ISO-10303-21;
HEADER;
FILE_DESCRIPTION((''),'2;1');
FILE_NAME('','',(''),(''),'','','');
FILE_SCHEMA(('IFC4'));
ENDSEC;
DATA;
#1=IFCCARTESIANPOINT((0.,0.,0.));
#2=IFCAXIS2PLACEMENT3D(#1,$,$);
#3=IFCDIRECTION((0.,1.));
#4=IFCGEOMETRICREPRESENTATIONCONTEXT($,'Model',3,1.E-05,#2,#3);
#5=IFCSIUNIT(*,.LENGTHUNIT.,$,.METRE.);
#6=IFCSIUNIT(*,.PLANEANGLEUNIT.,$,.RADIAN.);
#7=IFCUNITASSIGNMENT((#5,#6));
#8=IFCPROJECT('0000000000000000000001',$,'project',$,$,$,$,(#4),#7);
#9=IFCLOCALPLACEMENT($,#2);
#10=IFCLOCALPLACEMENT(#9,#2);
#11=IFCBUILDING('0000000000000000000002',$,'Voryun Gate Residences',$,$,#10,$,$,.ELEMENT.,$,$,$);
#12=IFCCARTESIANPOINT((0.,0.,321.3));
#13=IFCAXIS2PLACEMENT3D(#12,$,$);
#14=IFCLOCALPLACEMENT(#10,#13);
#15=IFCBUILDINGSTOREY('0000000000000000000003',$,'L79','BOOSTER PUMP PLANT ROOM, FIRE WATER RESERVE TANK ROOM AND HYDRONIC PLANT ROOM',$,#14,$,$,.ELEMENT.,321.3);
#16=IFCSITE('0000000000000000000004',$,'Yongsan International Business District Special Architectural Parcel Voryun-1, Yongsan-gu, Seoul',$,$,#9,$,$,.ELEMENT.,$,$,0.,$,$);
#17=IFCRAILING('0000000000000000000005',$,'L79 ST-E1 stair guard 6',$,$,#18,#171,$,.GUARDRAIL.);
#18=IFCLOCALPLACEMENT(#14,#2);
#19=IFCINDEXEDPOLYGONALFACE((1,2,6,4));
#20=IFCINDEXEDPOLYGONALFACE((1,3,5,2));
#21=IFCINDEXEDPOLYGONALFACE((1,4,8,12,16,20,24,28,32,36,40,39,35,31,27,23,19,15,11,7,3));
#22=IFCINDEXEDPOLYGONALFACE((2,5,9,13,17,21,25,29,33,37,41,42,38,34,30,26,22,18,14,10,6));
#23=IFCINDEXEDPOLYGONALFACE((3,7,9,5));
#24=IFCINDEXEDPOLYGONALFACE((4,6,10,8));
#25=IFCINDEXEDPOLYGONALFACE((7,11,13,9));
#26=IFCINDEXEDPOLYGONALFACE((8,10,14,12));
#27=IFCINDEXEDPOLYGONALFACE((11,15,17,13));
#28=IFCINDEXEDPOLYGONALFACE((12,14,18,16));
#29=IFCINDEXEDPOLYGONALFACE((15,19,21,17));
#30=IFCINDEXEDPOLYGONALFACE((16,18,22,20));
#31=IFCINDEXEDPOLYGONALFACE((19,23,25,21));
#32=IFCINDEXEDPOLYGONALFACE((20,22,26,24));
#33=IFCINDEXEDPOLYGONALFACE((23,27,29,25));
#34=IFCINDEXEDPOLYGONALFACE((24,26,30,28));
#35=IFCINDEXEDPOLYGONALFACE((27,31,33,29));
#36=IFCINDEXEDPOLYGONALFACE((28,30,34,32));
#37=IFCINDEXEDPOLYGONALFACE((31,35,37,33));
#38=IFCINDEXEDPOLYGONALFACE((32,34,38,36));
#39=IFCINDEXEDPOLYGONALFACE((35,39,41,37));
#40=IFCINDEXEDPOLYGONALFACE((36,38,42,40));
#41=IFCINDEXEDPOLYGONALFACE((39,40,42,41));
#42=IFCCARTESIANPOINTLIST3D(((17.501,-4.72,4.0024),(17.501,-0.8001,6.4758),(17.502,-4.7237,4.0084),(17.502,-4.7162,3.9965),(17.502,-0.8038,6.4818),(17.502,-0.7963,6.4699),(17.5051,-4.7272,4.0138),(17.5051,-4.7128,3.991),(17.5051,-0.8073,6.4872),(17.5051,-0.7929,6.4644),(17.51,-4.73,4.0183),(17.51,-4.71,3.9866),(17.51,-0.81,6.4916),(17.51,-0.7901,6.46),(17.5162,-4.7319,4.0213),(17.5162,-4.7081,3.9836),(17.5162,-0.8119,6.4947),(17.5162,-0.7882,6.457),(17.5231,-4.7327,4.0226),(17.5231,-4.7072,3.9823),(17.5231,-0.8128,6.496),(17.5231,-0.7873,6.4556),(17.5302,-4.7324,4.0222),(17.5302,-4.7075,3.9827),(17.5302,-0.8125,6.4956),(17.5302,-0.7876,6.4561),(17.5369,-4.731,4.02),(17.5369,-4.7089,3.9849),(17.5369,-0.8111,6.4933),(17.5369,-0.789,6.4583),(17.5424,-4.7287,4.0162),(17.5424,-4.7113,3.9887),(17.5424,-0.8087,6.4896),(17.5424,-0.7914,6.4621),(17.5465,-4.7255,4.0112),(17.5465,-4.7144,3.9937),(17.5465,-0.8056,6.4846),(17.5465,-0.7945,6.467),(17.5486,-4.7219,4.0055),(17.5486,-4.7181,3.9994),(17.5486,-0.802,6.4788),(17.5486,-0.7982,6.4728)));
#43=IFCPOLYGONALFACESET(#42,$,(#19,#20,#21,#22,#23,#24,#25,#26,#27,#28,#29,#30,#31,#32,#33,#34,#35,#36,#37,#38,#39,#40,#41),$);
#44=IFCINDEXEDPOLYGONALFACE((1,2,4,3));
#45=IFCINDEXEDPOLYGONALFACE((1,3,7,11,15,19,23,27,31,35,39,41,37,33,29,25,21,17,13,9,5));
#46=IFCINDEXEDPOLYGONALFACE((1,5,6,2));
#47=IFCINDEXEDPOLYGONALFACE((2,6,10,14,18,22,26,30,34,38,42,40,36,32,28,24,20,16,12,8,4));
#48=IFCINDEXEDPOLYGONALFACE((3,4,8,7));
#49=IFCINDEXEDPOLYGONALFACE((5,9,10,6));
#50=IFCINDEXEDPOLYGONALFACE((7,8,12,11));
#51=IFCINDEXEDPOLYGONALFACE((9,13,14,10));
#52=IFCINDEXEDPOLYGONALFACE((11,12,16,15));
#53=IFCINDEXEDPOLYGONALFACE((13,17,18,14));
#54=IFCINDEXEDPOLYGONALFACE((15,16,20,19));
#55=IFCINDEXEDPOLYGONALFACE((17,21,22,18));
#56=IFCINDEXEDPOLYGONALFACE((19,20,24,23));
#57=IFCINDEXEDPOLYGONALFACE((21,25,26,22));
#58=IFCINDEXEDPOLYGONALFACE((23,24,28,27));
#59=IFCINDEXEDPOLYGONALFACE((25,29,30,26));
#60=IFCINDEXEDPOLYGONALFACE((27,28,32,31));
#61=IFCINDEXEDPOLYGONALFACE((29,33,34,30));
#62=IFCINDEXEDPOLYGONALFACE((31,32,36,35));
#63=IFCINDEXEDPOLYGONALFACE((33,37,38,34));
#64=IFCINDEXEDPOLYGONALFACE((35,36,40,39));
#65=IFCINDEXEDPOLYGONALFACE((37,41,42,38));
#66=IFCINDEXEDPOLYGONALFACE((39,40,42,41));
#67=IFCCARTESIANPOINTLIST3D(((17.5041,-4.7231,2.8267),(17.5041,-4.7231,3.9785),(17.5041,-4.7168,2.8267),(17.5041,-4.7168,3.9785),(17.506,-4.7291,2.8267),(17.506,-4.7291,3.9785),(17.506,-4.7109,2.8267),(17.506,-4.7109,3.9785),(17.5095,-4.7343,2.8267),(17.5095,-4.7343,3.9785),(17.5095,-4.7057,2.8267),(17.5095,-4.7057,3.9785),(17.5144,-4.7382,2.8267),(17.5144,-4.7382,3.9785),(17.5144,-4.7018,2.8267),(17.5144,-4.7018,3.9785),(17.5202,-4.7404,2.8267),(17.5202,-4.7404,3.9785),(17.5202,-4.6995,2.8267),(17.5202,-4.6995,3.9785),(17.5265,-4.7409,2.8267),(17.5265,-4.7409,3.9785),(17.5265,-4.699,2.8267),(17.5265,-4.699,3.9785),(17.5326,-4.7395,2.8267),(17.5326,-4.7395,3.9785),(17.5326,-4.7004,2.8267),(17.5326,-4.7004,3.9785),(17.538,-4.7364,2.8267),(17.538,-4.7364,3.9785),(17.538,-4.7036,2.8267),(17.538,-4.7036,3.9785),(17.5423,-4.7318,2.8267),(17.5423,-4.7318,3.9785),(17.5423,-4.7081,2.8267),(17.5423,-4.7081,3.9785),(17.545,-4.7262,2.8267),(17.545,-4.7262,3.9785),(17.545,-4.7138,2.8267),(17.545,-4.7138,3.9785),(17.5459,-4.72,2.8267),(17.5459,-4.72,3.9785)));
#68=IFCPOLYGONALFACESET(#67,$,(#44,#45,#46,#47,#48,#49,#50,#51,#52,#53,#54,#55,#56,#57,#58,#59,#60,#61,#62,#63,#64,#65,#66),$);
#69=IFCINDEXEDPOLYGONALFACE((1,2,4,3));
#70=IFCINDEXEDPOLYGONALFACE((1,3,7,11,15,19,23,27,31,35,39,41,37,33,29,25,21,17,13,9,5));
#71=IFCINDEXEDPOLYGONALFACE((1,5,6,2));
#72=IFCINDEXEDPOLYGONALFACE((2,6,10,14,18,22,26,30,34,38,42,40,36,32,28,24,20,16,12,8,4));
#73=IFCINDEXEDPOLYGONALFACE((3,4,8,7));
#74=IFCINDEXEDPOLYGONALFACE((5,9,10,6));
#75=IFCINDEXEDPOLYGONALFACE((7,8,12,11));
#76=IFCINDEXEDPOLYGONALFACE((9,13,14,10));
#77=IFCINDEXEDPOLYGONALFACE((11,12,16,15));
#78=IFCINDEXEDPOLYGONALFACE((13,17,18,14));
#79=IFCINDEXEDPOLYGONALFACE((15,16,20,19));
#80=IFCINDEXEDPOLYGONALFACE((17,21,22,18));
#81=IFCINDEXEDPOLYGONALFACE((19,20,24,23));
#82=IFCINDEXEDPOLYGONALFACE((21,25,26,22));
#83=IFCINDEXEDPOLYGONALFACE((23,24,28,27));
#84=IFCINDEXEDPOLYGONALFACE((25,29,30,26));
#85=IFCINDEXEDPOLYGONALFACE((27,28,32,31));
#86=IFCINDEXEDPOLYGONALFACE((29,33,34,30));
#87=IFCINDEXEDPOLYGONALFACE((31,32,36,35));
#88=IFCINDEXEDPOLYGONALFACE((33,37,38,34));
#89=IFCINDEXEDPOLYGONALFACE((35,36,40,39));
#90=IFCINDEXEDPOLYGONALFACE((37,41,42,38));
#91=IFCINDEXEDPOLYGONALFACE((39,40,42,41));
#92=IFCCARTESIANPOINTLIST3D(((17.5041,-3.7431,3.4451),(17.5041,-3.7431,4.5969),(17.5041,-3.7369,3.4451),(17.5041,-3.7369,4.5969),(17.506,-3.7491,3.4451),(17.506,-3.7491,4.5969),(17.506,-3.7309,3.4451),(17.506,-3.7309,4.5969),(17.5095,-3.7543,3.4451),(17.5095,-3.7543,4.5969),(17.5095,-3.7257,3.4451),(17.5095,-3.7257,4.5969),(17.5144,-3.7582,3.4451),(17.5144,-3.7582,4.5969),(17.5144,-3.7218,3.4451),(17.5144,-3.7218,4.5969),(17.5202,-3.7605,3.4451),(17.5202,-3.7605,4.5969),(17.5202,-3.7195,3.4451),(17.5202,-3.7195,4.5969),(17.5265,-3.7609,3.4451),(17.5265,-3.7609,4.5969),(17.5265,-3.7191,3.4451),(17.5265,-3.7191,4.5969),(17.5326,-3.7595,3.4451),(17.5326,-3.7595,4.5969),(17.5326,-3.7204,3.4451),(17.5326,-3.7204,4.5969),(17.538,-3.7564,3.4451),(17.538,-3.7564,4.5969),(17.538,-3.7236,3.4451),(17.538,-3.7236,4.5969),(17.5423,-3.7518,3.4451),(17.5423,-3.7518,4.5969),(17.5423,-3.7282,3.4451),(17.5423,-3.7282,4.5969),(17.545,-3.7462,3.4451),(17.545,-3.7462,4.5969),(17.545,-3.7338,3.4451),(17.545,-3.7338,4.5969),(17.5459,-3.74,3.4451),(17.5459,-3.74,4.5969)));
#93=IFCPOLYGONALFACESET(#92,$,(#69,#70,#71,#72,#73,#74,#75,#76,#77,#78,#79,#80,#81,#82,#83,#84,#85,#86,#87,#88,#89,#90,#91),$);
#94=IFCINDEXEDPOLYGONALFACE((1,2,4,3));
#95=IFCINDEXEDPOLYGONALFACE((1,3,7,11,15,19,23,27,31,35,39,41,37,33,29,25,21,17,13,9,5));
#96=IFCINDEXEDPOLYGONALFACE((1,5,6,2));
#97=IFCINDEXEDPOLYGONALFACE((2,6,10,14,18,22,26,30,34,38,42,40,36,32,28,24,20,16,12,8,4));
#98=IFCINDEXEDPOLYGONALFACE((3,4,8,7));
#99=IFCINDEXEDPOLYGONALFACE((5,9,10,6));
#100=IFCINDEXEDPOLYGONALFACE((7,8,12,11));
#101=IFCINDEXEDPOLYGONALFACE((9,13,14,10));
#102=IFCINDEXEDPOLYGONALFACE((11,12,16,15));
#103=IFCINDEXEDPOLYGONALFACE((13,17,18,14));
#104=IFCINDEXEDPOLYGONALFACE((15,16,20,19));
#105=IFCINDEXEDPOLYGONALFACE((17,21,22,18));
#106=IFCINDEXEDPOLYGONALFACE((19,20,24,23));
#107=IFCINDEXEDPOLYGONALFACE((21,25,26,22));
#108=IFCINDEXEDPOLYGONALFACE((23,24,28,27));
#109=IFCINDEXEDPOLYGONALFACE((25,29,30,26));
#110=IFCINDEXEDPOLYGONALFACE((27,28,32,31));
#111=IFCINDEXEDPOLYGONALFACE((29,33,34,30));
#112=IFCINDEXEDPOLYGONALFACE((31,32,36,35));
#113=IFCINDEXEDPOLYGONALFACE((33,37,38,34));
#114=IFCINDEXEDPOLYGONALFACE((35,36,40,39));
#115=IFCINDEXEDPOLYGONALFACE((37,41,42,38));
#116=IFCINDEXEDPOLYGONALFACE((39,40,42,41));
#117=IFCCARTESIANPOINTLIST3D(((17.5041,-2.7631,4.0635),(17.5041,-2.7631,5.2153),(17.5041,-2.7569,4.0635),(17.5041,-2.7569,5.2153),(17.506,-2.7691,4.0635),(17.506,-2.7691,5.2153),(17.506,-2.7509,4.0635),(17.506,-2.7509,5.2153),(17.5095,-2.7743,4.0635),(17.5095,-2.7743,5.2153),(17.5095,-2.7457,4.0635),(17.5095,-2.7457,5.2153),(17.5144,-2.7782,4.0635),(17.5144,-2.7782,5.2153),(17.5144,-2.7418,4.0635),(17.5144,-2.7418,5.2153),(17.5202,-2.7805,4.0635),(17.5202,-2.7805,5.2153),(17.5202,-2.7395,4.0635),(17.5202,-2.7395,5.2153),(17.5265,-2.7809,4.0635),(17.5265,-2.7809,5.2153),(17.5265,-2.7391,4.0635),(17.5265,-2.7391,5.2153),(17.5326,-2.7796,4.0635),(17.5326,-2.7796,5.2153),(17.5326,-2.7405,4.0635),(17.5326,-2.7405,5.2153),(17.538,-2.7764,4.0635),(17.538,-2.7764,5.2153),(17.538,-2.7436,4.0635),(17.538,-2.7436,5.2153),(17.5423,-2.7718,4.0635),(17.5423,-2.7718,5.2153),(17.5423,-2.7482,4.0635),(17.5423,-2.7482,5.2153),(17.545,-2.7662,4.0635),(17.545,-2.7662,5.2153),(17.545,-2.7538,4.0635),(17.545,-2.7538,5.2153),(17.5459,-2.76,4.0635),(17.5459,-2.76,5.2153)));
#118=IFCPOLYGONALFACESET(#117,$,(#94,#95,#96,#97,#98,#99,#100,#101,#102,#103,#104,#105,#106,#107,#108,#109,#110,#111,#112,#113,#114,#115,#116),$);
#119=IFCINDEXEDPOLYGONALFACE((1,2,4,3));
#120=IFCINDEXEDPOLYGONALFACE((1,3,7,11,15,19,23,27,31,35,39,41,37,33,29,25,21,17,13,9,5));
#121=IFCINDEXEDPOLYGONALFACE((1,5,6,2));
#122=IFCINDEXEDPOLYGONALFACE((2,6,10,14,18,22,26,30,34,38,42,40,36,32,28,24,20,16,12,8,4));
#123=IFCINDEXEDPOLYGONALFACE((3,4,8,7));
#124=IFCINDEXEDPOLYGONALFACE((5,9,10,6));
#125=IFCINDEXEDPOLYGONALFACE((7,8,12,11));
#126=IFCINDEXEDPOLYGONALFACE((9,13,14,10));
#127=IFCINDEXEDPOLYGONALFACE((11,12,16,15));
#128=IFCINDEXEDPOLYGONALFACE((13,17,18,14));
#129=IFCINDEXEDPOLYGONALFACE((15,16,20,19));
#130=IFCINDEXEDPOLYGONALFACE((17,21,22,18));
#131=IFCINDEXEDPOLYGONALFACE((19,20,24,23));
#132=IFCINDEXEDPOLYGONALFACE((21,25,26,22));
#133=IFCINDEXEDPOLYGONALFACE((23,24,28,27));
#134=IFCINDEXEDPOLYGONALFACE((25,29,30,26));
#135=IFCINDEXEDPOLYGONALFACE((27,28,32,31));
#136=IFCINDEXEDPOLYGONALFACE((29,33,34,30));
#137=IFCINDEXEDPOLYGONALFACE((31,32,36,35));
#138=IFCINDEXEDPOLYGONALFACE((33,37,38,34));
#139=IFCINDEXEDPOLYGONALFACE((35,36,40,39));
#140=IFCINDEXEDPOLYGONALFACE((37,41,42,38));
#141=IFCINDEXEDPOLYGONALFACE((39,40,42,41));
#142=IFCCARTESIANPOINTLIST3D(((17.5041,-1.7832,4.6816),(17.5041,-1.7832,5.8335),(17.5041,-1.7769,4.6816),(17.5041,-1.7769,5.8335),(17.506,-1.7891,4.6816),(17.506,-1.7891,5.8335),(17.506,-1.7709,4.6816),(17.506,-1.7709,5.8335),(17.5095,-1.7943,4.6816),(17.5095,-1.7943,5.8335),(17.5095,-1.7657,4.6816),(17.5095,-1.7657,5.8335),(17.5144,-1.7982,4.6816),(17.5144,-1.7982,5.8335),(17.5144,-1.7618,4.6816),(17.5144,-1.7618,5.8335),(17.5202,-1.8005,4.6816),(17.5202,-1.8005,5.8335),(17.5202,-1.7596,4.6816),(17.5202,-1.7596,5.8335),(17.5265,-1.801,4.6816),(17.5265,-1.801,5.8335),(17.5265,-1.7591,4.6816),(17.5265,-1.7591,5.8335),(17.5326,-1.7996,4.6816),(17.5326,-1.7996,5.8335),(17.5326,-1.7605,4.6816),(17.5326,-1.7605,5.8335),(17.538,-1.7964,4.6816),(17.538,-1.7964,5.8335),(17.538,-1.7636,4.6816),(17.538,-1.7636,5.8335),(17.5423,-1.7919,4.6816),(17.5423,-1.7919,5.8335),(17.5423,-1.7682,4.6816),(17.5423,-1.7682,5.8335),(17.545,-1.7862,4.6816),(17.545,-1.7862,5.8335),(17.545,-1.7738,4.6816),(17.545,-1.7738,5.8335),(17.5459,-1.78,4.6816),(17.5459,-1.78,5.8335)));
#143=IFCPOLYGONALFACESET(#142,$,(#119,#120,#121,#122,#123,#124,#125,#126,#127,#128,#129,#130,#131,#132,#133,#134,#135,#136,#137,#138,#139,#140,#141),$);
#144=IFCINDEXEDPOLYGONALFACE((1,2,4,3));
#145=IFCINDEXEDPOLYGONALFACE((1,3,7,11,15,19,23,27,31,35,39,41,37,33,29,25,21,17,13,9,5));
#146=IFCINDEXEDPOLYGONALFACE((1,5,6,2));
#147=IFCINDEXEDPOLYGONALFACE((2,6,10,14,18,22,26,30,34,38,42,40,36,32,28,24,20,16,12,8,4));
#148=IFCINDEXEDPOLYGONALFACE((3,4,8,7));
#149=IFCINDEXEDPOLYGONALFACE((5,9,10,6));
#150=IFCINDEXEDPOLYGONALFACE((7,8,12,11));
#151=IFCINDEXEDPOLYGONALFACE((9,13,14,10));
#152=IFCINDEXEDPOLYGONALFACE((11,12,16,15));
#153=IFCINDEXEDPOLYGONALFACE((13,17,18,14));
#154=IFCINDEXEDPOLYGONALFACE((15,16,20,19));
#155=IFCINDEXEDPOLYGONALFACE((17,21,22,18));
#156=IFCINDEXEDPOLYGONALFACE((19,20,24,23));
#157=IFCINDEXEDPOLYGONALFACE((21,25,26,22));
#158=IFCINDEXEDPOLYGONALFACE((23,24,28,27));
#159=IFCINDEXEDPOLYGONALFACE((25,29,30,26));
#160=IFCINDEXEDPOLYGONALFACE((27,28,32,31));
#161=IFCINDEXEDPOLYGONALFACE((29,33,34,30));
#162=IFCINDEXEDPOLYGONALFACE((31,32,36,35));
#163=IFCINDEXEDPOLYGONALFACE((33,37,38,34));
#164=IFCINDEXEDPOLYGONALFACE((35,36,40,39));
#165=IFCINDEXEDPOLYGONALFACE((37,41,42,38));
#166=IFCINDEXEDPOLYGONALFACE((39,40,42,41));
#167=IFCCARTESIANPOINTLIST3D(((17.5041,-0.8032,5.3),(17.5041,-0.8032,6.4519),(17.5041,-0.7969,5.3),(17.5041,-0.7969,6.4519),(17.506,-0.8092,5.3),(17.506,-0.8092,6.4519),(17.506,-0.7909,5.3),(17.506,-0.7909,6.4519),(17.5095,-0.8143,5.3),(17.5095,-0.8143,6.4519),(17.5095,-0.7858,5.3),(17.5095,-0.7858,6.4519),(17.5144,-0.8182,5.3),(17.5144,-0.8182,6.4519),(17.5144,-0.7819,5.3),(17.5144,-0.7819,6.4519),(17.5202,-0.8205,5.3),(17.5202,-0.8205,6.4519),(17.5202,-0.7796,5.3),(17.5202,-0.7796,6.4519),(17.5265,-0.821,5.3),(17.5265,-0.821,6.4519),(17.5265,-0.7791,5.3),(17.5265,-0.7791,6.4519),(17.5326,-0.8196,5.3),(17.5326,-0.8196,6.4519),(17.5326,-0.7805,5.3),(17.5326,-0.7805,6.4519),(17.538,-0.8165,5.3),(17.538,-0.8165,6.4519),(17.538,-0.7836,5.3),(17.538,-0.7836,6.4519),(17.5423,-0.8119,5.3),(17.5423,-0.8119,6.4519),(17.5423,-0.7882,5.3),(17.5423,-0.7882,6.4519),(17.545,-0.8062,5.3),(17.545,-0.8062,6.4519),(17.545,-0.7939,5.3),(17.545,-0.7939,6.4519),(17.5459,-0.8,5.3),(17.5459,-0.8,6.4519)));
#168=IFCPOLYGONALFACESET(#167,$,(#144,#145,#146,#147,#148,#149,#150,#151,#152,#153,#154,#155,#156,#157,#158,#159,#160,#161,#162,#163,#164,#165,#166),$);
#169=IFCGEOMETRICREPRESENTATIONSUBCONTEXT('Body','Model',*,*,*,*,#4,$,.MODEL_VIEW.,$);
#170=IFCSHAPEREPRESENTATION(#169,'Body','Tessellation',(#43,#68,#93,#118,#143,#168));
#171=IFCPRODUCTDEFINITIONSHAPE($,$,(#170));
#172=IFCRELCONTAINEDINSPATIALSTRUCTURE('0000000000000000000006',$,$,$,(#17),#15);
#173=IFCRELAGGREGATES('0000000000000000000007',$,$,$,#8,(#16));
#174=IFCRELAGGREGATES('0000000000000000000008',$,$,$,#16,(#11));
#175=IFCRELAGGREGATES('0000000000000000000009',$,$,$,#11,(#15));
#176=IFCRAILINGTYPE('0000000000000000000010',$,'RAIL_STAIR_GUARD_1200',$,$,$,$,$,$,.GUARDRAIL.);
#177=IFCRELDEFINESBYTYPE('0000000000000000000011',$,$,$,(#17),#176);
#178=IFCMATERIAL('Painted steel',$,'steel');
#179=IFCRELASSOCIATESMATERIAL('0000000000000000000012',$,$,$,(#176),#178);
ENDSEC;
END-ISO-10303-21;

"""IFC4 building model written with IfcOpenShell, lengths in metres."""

from ifc_helpers import new_model, si_unit, direction, frame, origin, origin_2d, place, context, subcontext, project, spatial, circle, extrude, material, type_object, element, save


model = new_model("IFC4")

# Units and contexts
model_context = context("Model", 3, precision=1e-05, world=origin(), true_north=direction((0.0, 1.0)))
body_context = subcontext(model_context, "Body", "Model", "MODEL_VIEW")
ifc_project = project(units=[si_unit("LENGTHUNIT", "METRE"), si_unit("PLANEANGLEUNIT", "RADIAN")], contexts=[model_context])

# Site, building, storey
site_placement = place(None, origin())
site = spatial("IfcSite", under=ifc_project, at=site_placement, Name="Yongsan International Business District Special Architectural Parcel Voryun-1, Yongsan-gu, Seoul", CompositionType="ELEMENT", RefElevation=0.0)
building_placement = place(site_placement, origin())
building = spatial("IfcBuilding", under=site, at=building_placement, Name="Voryun Gate Residences", CompositionType="ELEMENT")
storey_placement = place(building_placement, frame((0.0, 0.0, 321.3)))
storey = spatial("IfcBuildingStorey", under=building, at=storey_placement, Name="L79", Description="BOOSTER PUMP PLANT ROOM, FIRE WATER RESERVE TANK ROOM AND HYDRONIC PLANT ROOM", CompositionType="ELEMENT", Elevation=321.3)

# Railing
ifc_material_1 = material(Name="Painted steel", Category="steel")
railing_type_1 = type_object("IfcRailingType", Name="RAIL_STAIR_GUARD_1200", PredefinedType="GUARDRAIL", material=ifc_material_1)
railing_1_placement = place(storey_placement, frame((17.5249, -4.72, 2.8267)))
element("IfcRailing", 1, at=railing_1_placement, inside=storey, type_object=railing_type_1, Name="L79 ST-E1 stair guard 6", PredefinedType="GUARDRAIL", context=body_context, shape_type="SweptSolid", body=[
    extrude(circle(Radius=0.0239, at=origin_2d()), frame((0.0, 0.0, 1.1758), z_axis=(0.0, 0.845718, 0.53363), x_axis=(-1.0, 0.0, 0.0)), (0.0, 0.0, 1.0), 4.635),
    extrude(circle(Radius=0.021, at=origin_2d()), origin(), (0.0, 0.0, 1.0), 1.1519),
    extrude(circle(Radius=0.021, at=origin_2d()), frame((0.0, 0.98, 0.6184)), (0.0, 0.0, 1.0), 1.1519),
    extrude(circle(Radius=0.021, at=origin_2d()), frame((0.0, 1.96, 1.2368)), (0.0, 0.0, 1.0), 1.1519),
    extrude(circle(Radius=0.021, at=origin_2d()), frame((0.0, 2.9399, 1.855)), (0.0, 0.0, 1.0), 1.1519),
    extrude(circle(Radius=0.021, at=origin_2d()), frame((0.0, 3.9199, 2.4734)), (0.0, 0.0, 1.0), 1.1519),
])

save(model, "model.ifc")
